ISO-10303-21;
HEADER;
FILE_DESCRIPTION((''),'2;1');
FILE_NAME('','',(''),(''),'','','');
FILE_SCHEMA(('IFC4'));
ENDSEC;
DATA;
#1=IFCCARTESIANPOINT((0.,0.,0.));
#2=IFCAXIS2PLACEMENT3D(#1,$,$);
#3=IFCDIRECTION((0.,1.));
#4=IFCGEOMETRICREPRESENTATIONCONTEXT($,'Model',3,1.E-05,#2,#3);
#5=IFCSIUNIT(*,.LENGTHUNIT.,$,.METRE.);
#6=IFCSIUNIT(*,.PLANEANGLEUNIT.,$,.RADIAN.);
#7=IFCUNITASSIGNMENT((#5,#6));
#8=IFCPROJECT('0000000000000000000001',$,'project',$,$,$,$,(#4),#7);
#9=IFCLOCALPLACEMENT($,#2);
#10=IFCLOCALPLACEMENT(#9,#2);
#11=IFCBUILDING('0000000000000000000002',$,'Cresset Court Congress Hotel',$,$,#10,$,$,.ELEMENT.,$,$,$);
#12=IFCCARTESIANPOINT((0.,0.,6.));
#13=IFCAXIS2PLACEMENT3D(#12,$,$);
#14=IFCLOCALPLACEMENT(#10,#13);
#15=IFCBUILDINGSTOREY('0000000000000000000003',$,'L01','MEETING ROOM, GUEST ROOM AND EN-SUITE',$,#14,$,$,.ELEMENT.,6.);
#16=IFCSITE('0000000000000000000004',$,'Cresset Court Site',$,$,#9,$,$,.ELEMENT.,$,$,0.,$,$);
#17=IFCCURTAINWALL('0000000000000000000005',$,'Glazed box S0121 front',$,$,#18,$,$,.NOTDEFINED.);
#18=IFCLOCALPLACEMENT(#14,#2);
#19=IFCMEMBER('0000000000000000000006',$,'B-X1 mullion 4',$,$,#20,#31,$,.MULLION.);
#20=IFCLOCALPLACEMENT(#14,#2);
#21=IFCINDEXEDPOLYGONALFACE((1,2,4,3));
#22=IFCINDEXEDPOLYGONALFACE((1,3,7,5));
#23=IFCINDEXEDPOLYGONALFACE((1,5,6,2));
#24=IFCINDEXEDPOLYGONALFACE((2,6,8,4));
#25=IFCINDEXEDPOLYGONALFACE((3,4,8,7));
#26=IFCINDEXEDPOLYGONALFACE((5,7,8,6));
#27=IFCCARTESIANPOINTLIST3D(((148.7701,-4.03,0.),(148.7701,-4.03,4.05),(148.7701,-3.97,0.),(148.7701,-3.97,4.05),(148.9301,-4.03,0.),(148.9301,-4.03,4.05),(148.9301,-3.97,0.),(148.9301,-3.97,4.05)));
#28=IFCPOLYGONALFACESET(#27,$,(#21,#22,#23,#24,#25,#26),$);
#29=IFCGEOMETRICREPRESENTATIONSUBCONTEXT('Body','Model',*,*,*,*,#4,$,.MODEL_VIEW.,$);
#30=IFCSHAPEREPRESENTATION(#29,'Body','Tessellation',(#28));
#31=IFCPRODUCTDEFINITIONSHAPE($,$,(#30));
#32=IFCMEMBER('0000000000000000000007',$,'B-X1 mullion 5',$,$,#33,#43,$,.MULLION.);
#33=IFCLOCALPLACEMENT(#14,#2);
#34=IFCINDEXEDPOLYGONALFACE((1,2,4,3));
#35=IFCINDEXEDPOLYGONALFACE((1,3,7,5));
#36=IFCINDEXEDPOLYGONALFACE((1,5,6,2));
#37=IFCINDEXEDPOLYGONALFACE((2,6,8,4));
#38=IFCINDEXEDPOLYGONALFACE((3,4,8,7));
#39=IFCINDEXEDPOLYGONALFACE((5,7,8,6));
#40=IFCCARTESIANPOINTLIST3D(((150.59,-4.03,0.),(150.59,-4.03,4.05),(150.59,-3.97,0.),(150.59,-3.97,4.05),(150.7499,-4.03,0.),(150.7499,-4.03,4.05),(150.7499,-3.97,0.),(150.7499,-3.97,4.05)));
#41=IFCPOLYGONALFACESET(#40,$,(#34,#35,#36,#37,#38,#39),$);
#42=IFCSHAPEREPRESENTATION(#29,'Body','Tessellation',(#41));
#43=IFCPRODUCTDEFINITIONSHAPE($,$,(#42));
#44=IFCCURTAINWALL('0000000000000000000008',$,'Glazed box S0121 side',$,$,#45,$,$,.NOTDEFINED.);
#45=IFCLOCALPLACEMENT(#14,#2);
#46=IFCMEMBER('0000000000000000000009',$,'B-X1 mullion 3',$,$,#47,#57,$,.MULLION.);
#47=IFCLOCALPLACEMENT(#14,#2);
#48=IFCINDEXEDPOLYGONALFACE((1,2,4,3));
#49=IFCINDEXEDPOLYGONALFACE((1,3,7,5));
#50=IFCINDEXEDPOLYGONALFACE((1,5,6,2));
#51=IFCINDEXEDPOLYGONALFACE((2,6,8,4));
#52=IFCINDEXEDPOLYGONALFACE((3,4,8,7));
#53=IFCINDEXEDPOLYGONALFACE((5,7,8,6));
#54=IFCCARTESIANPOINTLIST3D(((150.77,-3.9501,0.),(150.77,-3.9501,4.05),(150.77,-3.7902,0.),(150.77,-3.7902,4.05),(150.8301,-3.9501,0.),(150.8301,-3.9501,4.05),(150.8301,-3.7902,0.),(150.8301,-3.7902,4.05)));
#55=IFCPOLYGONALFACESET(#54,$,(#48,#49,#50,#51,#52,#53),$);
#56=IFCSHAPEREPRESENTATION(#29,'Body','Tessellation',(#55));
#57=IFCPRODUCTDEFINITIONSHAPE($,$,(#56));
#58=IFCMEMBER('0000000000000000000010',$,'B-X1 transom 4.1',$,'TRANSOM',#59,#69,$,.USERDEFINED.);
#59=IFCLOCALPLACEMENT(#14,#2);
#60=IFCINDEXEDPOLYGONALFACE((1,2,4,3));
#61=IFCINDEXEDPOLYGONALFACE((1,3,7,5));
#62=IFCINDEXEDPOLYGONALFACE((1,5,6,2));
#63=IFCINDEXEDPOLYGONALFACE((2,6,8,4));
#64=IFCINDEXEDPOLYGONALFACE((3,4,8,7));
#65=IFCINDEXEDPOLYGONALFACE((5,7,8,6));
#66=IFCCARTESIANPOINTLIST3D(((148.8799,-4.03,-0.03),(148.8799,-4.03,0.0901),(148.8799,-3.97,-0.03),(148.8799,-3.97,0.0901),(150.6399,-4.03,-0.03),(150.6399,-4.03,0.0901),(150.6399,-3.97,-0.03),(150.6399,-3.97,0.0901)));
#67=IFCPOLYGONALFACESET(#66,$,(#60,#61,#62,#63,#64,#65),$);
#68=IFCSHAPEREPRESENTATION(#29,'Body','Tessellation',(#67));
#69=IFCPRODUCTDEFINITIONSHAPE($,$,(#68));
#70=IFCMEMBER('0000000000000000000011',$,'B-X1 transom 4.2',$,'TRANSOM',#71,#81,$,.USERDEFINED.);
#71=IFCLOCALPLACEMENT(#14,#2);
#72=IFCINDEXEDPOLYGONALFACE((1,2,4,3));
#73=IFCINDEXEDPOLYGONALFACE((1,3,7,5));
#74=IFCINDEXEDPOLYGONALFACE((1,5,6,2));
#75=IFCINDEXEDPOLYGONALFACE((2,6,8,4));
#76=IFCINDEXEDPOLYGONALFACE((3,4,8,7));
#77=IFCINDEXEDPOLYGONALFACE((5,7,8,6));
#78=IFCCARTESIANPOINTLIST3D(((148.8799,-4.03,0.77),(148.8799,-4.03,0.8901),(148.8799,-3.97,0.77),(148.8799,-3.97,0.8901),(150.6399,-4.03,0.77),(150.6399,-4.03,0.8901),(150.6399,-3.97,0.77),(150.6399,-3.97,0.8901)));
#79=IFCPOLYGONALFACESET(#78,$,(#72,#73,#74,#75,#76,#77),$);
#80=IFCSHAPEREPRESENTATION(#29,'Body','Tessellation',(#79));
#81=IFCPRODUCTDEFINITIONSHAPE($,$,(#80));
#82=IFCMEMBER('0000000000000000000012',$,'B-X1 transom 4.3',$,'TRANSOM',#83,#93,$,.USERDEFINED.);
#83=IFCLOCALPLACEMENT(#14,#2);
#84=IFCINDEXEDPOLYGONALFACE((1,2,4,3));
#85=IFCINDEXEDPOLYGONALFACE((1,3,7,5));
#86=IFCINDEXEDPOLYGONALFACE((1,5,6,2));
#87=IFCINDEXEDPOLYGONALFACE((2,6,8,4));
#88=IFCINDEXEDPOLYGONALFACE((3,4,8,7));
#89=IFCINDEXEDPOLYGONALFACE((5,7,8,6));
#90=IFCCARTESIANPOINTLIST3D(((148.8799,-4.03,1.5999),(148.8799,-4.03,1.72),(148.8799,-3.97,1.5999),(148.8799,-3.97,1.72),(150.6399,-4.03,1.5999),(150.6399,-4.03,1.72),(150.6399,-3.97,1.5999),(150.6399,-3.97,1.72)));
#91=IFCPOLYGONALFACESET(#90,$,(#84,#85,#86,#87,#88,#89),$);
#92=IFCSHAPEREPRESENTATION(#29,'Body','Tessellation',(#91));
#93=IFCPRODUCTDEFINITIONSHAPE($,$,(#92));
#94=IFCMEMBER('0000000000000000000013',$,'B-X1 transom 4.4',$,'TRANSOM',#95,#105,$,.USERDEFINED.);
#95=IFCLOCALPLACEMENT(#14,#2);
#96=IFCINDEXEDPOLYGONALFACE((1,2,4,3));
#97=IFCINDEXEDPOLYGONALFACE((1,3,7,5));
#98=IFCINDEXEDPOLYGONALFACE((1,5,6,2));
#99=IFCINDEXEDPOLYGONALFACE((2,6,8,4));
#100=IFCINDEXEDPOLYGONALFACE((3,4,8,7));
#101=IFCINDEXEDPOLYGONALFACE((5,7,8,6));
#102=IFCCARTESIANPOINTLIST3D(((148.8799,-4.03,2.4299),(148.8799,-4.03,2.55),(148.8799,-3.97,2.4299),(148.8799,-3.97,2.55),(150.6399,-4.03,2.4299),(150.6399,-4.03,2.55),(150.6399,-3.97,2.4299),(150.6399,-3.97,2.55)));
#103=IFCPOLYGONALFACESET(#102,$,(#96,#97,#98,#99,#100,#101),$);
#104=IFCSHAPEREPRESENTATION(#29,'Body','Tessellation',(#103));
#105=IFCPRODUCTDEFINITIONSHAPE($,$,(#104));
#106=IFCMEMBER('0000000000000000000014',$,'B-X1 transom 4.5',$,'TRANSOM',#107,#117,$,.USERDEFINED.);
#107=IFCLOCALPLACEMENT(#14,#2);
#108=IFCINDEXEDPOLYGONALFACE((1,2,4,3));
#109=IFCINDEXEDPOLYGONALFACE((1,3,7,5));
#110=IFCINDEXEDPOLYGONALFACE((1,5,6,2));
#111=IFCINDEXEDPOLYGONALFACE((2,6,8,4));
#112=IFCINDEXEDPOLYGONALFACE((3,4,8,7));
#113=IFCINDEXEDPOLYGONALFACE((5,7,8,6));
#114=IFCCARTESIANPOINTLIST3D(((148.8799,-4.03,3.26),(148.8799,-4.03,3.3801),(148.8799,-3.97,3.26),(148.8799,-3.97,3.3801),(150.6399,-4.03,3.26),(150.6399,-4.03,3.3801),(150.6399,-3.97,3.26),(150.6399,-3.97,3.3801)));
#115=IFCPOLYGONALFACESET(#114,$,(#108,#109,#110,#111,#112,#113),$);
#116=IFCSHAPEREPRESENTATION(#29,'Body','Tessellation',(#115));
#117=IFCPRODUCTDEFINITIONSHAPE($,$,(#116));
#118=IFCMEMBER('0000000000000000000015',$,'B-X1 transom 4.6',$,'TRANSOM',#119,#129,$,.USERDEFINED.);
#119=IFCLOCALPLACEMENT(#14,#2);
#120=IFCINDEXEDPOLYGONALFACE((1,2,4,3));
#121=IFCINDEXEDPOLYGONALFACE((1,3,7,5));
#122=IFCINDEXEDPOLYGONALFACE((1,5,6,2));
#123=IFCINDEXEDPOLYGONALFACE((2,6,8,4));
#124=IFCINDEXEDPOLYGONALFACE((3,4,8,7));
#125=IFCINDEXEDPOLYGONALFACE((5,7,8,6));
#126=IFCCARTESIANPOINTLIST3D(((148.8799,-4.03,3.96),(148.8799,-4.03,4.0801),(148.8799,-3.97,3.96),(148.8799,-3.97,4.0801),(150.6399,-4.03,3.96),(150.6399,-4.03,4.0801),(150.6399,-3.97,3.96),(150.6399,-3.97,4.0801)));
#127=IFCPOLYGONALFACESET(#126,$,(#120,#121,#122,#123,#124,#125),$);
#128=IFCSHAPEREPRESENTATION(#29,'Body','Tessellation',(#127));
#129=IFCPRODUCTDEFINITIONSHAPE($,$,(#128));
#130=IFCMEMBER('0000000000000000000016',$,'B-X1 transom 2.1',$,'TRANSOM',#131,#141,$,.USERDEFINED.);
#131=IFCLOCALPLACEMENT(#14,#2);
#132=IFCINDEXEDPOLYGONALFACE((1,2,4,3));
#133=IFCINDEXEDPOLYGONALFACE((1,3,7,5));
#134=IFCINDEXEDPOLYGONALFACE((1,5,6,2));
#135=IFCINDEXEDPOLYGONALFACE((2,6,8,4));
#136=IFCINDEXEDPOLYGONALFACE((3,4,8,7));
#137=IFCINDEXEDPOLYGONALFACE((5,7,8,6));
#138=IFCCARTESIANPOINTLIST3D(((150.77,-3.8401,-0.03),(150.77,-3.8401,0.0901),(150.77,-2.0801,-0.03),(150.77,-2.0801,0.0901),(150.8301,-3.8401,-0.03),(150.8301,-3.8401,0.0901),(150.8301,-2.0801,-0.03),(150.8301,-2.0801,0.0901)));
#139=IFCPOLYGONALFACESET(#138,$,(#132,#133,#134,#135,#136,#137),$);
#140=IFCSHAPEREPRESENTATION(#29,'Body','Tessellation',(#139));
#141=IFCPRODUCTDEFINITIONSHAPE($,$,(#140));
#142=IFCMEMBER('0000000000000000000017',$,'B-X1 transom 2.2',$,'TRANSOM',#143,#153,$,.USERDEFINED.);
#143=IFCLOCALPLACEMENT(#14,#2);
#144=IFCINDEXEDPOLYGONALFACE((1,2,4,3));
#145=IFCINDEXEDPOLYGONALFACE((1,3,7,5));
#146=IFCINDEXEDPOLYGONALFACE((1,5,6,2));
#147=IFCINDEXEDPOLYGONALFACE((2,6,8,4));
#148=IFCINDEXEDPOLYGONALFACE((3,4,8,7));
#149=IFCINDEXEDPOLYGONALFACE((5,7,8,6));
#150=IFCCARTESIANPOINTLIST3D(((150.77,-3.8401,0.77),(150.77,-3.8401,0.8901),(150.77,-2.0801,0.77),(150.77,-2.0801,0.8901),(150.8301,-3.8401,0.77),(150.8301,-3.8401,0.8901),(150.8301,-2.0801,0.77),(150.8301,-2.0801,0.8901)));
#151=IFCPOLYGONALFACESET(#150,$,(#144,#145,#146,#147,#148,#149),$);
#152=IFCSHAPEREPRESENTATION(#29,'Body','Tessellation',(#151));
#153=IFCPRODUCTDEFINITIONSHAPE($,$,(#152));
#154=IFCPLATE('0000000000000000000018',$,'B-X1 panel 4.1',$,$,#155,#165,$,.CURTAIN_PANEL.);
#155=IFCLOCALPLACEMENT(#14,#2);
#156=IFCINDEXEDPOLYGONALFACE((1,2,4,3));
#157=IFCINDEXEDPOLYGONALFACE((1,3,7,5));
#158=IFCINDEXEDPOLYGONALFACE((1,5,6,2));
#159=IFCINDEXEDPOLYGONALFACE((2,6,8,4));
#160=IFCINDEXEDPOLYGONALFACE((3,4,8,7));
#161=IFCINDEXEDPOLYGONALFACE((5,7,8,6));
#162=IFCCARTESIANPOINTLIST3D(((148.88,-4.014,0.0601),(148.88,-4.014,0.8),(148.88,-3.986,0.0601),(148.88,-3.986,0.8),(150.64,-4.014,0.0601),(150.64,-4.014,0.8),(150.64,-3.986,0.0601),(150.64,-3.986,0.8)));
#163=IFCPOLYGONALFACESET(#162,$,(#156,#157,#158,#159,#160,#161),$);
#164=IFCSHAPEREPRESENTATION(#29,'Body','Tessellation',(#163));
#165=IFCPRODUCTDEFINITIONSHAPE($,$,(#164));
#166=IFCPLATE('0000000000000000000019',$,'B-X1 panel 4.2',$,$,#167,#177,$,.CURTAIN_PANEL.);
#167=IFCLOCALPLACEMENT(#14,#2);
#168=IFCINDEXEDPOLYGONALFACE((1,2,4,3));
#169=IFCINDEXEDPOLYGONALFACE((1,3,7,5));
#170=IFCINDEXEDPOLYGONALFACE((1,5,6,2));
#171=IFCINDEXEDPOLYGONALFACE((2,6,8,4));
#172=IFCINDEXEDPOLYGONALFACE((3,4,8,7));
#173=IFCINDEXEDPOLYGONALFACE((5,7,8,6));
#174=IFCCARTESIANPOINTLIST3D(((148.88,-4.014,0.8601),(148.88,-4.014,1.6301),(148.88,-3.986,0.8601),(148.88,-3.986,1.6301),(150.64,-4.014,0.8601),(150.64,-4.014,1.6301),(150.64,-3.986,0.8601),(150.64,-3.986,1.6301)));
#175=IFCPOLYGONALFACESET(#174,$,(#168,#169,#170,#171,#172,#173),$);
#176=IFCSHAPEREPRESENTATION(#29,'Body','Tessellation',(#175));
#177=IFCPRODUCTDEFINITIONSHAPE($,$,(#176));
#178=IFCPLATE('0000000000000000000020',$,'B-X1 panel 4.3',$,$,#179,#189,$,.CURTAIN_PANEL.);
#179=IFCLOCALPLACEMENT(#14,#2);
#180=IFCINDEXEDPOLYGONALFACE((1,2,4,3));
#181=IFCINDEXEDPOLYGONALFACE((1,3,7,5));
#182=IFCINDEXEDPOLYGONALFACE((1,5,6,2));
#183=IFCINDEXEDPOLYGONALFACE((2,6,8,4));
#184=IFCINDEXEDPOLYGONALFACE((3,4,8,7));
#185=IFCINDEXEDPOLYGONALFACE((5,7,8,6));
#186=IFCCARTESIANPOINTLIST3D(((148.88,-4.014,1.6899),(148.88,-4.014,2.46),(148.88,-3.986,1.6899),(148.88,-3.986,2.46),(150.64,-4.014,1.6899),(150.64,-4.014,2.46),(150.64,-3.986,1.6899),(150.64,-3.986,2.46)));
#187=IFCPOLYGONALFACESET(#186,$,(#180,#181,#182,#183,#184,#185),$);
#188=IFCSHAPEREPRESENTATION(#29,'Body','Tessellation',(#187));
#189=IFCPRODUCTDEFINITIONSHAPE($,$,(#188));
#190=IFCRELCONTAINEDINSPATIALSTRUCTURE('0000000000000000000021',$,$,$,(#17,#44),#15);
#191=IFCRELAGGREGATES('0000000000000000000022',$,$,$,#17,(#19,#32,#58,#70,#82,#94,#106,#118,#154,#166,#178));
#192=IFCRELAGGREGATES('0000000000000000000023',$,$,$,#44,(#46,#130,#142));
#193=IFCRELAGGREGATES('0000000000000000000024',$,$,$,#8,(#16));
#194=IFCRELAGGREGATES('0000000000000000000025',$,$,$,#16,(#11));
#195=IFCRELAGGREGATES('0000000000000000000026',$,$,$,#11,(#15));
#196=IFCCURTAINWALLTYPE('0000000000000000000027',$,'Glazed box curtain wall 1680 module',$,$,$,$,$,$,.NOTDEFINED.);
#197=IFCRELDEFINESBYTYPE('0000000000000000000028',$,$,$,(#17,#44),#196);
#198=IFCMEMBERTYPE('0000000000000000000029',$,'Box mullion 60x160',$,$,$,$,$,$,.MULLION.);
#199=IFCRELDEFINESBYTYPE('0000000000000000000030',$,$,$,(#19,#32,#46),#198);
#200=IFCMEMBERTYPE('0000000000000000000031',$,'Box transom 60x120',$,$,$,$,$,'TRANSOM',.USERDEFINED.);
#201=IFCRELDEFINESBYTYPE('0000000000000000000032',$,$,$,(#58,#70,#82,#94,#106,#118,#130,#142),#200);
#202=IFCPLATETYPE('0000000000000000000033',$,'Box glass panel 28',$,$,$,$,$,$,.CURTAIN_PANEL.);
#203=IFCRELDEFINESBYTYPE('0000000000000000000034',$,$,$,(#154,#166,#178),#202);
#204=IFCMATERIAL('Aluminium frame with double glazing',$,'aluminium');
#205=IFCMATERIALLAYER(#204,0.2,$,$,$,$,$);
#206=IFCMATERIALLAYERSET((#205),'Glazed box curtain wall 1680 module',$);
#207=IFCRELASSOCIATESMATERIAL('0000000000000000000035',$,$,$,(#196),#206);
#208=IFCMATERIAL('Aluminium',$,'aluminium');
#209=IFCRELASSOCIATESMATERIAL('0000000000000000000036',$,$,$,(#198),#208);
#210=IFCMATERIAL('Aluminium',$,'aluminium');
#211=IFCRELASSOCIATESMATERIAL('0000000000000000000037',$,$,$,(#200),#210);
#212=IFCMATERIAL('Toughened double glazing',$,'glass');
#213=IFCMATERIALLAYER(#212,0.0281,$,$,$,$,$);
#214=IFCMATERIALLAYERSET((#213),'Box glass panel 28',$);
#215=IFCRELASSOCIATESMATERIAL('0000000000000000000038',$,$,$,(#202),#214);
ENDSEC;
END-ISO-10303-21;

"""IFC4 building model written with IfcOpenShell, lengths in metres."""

from ifc_helpers import new_model, si_unit, direction, frame, origin, origin_2d, place, context, subcontext, project, spatial, rectangle, extrude, material, layer, layer_set, material_profile, profile_set, type_object, element, aggregate, save


model = new_model("IFC4")

# Units and contexts
model_context = context("Model", 3, precision=1e-05, world=origin(), true_north=direction((0.0, 1.0)))
body_context = subcontext(model_context, "Body", "Model", "MODEL_VIEW")
ifc_project = project(units=[si_unit("LENGTHUNIT", "METRE"), si_unit("PLANEANGLEUNIT", "RADIAN")], contexts=[model_context])

# Site, building, storey
site_placement = place(None, origin())
site = spatial("IfcSite", under=ifc_project, at=site_placement, Name="Cresset Court Site", CompositionType="ELEMENT", RefElevation=0.0)
building_placement = place(site_placement, origin())
building = spatial("IfcBuilding", under=site, at=building_placement, Name="Cresset Court Congress Hotel", CompositionType="ELEMENT")
storey_placement = place(building_placement, frame((0.0, 0.0, 6.0)))
storey = spatial("IfcBuildingStorey", under=building, at=storey_placement, Name="L01", Description="MEETING ROOM, GUEST ROOM AND EN-SUITE", CompositionType="ELEMENT", Elevation=6.0)

# Curtain wall, members
ifc_material_1 = material(Name="Aluminium frame with double glazing", Category="aluminium")
ifc_layer_1 = layer(ifc_material_1, 0.2)
ifc_layer_set_1 = layer_set([ifc_layer_1], Name="Glazed box curtain wall 1680 module")
curtain_wall_type = type_object("IfcCurtainWallType", Name="Glazed box curtain wall 1680 module", PredefinedType="NOTDEFINED", material=ifc_layer_set_1)
curtain_wall_1_placement = place(storey_placement, origin())
curtain_wall_1 = element("IfcCurtainWall", 1, at=curtain_wall_1_placement, inside=storey, type_object=curtain_wall_type, Name="Glazed box S0121 front", PredefinedType="NOTDEFINED")
ifc_material_2 = material(Name="Aluminium", Category="aluminium")
ifc_material_profile_1 = material_profile(ifc_material_2, rectangle(XDim=0.0601, YDim=0.1599, at=origin_2d()), Name="Box mullion 60x160")
ifc_profile_set_1 = profile_set([ifc_material_profile_1], Name="Aluminium")
member_type_1 = type_object("IfcMemberType", Name="Box mullion 60x160", PredefinedType="MULLION", material=ifc_profile_set_1)
member_1_placement = place(storey_placement, frame((148.8501, -4.0, 0.0), z_axis=(0.0, 0.0, 1.0), x_axis=(0.0, 1.0, 0.0)))
member_1 = element("IfcMember", 2, at=member_1_placement, type_object=member_type_1, Name="B-X1 mullion 4", PredefinedType="MULLION", context=body_context, shape_type="SweptSolid", body=[
    extrude(rectangle(XDim=0.0601, YDim=0.1599, at=origin_2d()), origin(), (0.0, 0.0, 1.0), 4.05),
])
member_2_placement = place(storey_placement, frame((150.6699, -4.0, 0.0), z_axis=(0.0, 0.0, 1.0), x_axis=(0.0, 1.0, 0.0)))
member_2 = element("IfcMember", 3, at=member_2_placement, type_object=member_type_1, Name="B-X1 mullion 5", PredefinedType="MULLION", context=body_context, shape_type="SweptSolid", body=[
    extrude(rectangle(XDim=0.0601, YDim=0.1599, at=origin_2d()), origin(), (0.0, 0.0, 1.0), 4.05),
])

# Curtain wall, member
curtain_wall_2_placement = place(storey_placement, origin())
curtain_wall_2 = element("IfcCurtainWall", 4, at=curtain_wall_2_placement, inside=storey, type_object=curtain_wall_type, Name="Glazed box S0121 side", PredefinedType="NOTDEFINED")
member_3_placement = place(storey_placement, frame((150.8, -3.8701, 0.0), z_axis=(0.0, 0.0, 1.0), x_axis=(1.0, 0.0, 0.0)))
member_3 = element("IfcMember", 5, at=member_3_placement, type_object=member_type_1, Name="B-X1 mullion 3", PredefinedType="MULLION", context=body_context, shape_type="SweptSolid", body=[
    extrude(rectangle(XDim=0.0601, YDim=0.1599, at=origin_2d()), origin(), (0.0, 0.0, 1.0), 4.05),
])

# Members
ifc_material_3 = material(Name="Aluminium", Category="aluminium")
ifc_material_profile_2 = material_profile(ifc_material_3, rectangle(XDim=0.0601, YDim=0.1201, at=origin_2d()), Name="Box transom 60x120")
ifc_profile_set_2 = profile_set([ifc_material_profile_2], Name="Aluminium")
member_type_2 = type_object("IfcMemberType", Name="Box transom 60x120", ElementType="TRANSOM", PredefinedType="USERDEFINED", material=ifc_profile_set_2)
member_4_placement = place(storey_placement, frame((148.8799, -4.0, 0.03), z_axis=(1.0, 0.0, 0.0), x_axis=(0.0, 1.0, 0.0)))
member_4 = element("IfcMember", 6, at=member_4_placement, type_object=member_type_2, Name="B-X1 transom 4.1", ObjectType="TRANSOM", PredefinedType="USERDEFINED", context=body_context, shape_type="SweptSolid", body=[
    extrude(rectangle(XDim=0.0601, YDim=0.1201, at=origin_2d()), origin(), (0.0, 0.0, 1.0), 1.76),
])
member_5_placement = place(storey_placement, frame((148.8799, -4.0, 0.8301), z_axis=(1.0, 0.0, 0.0), x_axis=(0.0, 1.0, 0.0)))
member_5 = element("IfcMember", 7, at=member_5_placement, type_object=member_type_2, Name="B-X1 transom 4.2", ObjectType="TRANSOM", PredefinedType="USERDEFINED", context=body_context, shape_type="SweptSolid", body=[
    extrude(rectangle(XDim=0.0601, YDim=0.1201, at=origin_2d()), origin(), (0.0, 0.0, 1.0), 1.76),
])
member_6_placement = place(storey_placement, frame((148.8799, -4.0, 1.6599), z_axis=(1.0, 0.0, 0.0), x_axis=(0.0, 1.0, 0.0)))
member_6 = element("IfcMember", 8, at=member_6_placement, type_object=member_type_2, Name="B-X1 transom 4.3", ObjectType="TRANSOM", PredefinedType="USERDEFINED", context=body_context, shape_type="SweptSolid", body=[
    extrude(rectangle(XDim=0.0601, YDim=0.1201, at=origin_2d()), origin(), (0.0, 0.0, 1.0), 1.76),
])
member_7_placement = place(storey_placement, frame((148.8799, -4.0, 2.49), z_axis=(1.0, 0.0, 0.0), x_axis=(0.0, 1.0, 0.0)))
member_7 = element("IfcMember", 9, at=member_7_placement, type_object=member_type_2, Name="B-X1 transom 4.4", ObjectType="TRANSOM", PredefinedType="USERDEFINED", context=body_context, shape_type="SweptSolid", body=[
    extrude(rectangle(XDim=0.0601, YDim=0.1201, at=origin_2d()), origin(), (0.0, 0.0, 1.0), 1.76),
])
member_8_placement = place(storey_placement, frame((148.8799, -4.0, 3.3201), z_axis=(1.0, 0.0, 0.0), x_axis=(0.0, 1.0, 0.0)))
member_8 = element("IfcMember", 10, at=member_8_placement, type_object=member_type_2, Name="B-X1 transom 4.5", ObjectType="TRANSOM", PredefinedType="USERDEFINED", context=body_context, shape_type="SweptSolid", body=[
    extrude(rectangle(XDim=0.0601, YDim=0.1201, at=origin_2d()), origin(), (0.0, 0.0, 1.0), 1.76),
])
member_9_placement = place(storey_placement, frame((148.8799, -4.0, 4.02), z_axis=(1.0, 0.0, 0.0), x_axis=(0.0, 1.0, 0.0)))
member_9 = element("IfcMember", 11, at=member_9_placement, type_object=member_type_2, Name="B-X1 transom 4.6", ObjectType="TRANSOM", PredefinedType="USERDEFINED", context=body_context, shape_type="SweptSolid", body=[
    extrude(rectangle(XDim=0.0601, YDim=0.1201, at=origin_2d()), origin(), (0.0, 0.0, 1.0), 1.76),
])
member_10_placement = place(storey_placement, frame((150.8, -2.0801, 0.03), z_axis=(0.0, -1.0, 0.0), x_axis=(1.0, 0.0, 0.0)))
member_10 = element("IfcMember", 12, at=member_10_placement, type_object=member_type_2, Name="B-X1 transom 2.1", ObjectType="TRANSOM", PredefinedType="USERDEFINED", context=body_context, shape_type="SweptSolid", body=[
    extrude(rectangle(XDim=0.0601, YDim=0.1201, at=origin_2d()), origin(), (0.0, 0.0, 1.0), 1.76),
])
member_11_placement = place(storey_placement, frame((150.8, -2.0801, 0.8301), z_axis=(0.0, -1.0, 0.0), x_axis=(1.0, 0.0, 0.0)))
member_11 = element("IfcMember", 13, at=member_11_placement, type_object=member_type_2, Name="B-X1 transom 2.2", ObjectType="TRANSOM", PredefinedType="USERDEFINED", context=body_context, shape_type="SweptSolid", body=[
    extrude(rectangle(XDim=0.0601, YDim=0.1201, at=origin_2d()), origin(), (0.0, 0.0, 1.0), 1.76),
])

# Plates
ifc_material_4 = material(Name="Toughened double glazing", Category="glass")
ifc_layer_2 = layer(ifc_material_4, 0.0281)
ifc_layer_set_2 = layer_set([ifc_layer_2], Name="Box glass panel 28")
plate_type_1 = type_object("IfcPlateType", Name="Box glass panel 28", PredefinedType="CURTAIN_PANEL", material=ifc_layer_set_2)
plate_1_placement = place(storey_placement, frame((149.76, -4.0, 0.0601), z_axis=(0.0, 0.0, 1.0), x_axis=(1.0, 0.0, 0.0)))
plate_1 = element("IfcPlate", 14, at=plate_1_placement, type_object=plate_type_1, Name="B-X1 panel 4.1", PredefinedType="CURTAIN_PANEL", context=body_context, shape_type="SweptSolid", body=[
    extrude(rectangle(XDim=1.76, YDim=0.0281, at=origin_2d()), origin(), (0.0, 0.0, 1.0), 0.74),
])
plate_2_placement = place(storey_placement, frame((149.76, -4.0, 0.8601), z_axis=(0.0, 0.0, 1.0), x_axis=(1.0, 0.0, 0.0)))
plate_2 = element("IfcPlate", 15, at=plate_2_placement, type_object=plate_type_1, Name="B-X1 panel 4.2", PredefinedType="CURTAIN_PANEL", context=body_context, shape_type="SweptSolid", body=[
    extrude(rectangle(XDim=1.76, YDim=0.0281, at=origin_2d()), origin(), (0.0, 0.0, 1.0), 0.77),
])
plate_3_placement = place(storey_placement, frame((149.76, -4.0, 1.6899), z_axis=(0.0, 0.0, 1.0), x_axis=(1.0, 0.0, 0.0)))
plate_3 = element("IfcPlate", 16, at=plate_3_placement, type_object=plate_type_1, Name="B-X1 panel 4.3", PredefinedType="CURTAIN_PANEL", context=body_context, shape_type="SweptSolid", body=[
    extrude(rectangle(XDim=1.76, YDim=0.0281, at=origin_2d()), origin(), (0.0, 0.0, 1.0), 0.77),
])
aggregate(curtain_wall_1, [member_1, member_2, member_4, member_5, member_6, member_7, member_8, member_9, plate_1, plate_2, plate_3])
aggregate(curtain_wall_2, [member_3, member_10, member_11])

save(model, "model.ifc")
